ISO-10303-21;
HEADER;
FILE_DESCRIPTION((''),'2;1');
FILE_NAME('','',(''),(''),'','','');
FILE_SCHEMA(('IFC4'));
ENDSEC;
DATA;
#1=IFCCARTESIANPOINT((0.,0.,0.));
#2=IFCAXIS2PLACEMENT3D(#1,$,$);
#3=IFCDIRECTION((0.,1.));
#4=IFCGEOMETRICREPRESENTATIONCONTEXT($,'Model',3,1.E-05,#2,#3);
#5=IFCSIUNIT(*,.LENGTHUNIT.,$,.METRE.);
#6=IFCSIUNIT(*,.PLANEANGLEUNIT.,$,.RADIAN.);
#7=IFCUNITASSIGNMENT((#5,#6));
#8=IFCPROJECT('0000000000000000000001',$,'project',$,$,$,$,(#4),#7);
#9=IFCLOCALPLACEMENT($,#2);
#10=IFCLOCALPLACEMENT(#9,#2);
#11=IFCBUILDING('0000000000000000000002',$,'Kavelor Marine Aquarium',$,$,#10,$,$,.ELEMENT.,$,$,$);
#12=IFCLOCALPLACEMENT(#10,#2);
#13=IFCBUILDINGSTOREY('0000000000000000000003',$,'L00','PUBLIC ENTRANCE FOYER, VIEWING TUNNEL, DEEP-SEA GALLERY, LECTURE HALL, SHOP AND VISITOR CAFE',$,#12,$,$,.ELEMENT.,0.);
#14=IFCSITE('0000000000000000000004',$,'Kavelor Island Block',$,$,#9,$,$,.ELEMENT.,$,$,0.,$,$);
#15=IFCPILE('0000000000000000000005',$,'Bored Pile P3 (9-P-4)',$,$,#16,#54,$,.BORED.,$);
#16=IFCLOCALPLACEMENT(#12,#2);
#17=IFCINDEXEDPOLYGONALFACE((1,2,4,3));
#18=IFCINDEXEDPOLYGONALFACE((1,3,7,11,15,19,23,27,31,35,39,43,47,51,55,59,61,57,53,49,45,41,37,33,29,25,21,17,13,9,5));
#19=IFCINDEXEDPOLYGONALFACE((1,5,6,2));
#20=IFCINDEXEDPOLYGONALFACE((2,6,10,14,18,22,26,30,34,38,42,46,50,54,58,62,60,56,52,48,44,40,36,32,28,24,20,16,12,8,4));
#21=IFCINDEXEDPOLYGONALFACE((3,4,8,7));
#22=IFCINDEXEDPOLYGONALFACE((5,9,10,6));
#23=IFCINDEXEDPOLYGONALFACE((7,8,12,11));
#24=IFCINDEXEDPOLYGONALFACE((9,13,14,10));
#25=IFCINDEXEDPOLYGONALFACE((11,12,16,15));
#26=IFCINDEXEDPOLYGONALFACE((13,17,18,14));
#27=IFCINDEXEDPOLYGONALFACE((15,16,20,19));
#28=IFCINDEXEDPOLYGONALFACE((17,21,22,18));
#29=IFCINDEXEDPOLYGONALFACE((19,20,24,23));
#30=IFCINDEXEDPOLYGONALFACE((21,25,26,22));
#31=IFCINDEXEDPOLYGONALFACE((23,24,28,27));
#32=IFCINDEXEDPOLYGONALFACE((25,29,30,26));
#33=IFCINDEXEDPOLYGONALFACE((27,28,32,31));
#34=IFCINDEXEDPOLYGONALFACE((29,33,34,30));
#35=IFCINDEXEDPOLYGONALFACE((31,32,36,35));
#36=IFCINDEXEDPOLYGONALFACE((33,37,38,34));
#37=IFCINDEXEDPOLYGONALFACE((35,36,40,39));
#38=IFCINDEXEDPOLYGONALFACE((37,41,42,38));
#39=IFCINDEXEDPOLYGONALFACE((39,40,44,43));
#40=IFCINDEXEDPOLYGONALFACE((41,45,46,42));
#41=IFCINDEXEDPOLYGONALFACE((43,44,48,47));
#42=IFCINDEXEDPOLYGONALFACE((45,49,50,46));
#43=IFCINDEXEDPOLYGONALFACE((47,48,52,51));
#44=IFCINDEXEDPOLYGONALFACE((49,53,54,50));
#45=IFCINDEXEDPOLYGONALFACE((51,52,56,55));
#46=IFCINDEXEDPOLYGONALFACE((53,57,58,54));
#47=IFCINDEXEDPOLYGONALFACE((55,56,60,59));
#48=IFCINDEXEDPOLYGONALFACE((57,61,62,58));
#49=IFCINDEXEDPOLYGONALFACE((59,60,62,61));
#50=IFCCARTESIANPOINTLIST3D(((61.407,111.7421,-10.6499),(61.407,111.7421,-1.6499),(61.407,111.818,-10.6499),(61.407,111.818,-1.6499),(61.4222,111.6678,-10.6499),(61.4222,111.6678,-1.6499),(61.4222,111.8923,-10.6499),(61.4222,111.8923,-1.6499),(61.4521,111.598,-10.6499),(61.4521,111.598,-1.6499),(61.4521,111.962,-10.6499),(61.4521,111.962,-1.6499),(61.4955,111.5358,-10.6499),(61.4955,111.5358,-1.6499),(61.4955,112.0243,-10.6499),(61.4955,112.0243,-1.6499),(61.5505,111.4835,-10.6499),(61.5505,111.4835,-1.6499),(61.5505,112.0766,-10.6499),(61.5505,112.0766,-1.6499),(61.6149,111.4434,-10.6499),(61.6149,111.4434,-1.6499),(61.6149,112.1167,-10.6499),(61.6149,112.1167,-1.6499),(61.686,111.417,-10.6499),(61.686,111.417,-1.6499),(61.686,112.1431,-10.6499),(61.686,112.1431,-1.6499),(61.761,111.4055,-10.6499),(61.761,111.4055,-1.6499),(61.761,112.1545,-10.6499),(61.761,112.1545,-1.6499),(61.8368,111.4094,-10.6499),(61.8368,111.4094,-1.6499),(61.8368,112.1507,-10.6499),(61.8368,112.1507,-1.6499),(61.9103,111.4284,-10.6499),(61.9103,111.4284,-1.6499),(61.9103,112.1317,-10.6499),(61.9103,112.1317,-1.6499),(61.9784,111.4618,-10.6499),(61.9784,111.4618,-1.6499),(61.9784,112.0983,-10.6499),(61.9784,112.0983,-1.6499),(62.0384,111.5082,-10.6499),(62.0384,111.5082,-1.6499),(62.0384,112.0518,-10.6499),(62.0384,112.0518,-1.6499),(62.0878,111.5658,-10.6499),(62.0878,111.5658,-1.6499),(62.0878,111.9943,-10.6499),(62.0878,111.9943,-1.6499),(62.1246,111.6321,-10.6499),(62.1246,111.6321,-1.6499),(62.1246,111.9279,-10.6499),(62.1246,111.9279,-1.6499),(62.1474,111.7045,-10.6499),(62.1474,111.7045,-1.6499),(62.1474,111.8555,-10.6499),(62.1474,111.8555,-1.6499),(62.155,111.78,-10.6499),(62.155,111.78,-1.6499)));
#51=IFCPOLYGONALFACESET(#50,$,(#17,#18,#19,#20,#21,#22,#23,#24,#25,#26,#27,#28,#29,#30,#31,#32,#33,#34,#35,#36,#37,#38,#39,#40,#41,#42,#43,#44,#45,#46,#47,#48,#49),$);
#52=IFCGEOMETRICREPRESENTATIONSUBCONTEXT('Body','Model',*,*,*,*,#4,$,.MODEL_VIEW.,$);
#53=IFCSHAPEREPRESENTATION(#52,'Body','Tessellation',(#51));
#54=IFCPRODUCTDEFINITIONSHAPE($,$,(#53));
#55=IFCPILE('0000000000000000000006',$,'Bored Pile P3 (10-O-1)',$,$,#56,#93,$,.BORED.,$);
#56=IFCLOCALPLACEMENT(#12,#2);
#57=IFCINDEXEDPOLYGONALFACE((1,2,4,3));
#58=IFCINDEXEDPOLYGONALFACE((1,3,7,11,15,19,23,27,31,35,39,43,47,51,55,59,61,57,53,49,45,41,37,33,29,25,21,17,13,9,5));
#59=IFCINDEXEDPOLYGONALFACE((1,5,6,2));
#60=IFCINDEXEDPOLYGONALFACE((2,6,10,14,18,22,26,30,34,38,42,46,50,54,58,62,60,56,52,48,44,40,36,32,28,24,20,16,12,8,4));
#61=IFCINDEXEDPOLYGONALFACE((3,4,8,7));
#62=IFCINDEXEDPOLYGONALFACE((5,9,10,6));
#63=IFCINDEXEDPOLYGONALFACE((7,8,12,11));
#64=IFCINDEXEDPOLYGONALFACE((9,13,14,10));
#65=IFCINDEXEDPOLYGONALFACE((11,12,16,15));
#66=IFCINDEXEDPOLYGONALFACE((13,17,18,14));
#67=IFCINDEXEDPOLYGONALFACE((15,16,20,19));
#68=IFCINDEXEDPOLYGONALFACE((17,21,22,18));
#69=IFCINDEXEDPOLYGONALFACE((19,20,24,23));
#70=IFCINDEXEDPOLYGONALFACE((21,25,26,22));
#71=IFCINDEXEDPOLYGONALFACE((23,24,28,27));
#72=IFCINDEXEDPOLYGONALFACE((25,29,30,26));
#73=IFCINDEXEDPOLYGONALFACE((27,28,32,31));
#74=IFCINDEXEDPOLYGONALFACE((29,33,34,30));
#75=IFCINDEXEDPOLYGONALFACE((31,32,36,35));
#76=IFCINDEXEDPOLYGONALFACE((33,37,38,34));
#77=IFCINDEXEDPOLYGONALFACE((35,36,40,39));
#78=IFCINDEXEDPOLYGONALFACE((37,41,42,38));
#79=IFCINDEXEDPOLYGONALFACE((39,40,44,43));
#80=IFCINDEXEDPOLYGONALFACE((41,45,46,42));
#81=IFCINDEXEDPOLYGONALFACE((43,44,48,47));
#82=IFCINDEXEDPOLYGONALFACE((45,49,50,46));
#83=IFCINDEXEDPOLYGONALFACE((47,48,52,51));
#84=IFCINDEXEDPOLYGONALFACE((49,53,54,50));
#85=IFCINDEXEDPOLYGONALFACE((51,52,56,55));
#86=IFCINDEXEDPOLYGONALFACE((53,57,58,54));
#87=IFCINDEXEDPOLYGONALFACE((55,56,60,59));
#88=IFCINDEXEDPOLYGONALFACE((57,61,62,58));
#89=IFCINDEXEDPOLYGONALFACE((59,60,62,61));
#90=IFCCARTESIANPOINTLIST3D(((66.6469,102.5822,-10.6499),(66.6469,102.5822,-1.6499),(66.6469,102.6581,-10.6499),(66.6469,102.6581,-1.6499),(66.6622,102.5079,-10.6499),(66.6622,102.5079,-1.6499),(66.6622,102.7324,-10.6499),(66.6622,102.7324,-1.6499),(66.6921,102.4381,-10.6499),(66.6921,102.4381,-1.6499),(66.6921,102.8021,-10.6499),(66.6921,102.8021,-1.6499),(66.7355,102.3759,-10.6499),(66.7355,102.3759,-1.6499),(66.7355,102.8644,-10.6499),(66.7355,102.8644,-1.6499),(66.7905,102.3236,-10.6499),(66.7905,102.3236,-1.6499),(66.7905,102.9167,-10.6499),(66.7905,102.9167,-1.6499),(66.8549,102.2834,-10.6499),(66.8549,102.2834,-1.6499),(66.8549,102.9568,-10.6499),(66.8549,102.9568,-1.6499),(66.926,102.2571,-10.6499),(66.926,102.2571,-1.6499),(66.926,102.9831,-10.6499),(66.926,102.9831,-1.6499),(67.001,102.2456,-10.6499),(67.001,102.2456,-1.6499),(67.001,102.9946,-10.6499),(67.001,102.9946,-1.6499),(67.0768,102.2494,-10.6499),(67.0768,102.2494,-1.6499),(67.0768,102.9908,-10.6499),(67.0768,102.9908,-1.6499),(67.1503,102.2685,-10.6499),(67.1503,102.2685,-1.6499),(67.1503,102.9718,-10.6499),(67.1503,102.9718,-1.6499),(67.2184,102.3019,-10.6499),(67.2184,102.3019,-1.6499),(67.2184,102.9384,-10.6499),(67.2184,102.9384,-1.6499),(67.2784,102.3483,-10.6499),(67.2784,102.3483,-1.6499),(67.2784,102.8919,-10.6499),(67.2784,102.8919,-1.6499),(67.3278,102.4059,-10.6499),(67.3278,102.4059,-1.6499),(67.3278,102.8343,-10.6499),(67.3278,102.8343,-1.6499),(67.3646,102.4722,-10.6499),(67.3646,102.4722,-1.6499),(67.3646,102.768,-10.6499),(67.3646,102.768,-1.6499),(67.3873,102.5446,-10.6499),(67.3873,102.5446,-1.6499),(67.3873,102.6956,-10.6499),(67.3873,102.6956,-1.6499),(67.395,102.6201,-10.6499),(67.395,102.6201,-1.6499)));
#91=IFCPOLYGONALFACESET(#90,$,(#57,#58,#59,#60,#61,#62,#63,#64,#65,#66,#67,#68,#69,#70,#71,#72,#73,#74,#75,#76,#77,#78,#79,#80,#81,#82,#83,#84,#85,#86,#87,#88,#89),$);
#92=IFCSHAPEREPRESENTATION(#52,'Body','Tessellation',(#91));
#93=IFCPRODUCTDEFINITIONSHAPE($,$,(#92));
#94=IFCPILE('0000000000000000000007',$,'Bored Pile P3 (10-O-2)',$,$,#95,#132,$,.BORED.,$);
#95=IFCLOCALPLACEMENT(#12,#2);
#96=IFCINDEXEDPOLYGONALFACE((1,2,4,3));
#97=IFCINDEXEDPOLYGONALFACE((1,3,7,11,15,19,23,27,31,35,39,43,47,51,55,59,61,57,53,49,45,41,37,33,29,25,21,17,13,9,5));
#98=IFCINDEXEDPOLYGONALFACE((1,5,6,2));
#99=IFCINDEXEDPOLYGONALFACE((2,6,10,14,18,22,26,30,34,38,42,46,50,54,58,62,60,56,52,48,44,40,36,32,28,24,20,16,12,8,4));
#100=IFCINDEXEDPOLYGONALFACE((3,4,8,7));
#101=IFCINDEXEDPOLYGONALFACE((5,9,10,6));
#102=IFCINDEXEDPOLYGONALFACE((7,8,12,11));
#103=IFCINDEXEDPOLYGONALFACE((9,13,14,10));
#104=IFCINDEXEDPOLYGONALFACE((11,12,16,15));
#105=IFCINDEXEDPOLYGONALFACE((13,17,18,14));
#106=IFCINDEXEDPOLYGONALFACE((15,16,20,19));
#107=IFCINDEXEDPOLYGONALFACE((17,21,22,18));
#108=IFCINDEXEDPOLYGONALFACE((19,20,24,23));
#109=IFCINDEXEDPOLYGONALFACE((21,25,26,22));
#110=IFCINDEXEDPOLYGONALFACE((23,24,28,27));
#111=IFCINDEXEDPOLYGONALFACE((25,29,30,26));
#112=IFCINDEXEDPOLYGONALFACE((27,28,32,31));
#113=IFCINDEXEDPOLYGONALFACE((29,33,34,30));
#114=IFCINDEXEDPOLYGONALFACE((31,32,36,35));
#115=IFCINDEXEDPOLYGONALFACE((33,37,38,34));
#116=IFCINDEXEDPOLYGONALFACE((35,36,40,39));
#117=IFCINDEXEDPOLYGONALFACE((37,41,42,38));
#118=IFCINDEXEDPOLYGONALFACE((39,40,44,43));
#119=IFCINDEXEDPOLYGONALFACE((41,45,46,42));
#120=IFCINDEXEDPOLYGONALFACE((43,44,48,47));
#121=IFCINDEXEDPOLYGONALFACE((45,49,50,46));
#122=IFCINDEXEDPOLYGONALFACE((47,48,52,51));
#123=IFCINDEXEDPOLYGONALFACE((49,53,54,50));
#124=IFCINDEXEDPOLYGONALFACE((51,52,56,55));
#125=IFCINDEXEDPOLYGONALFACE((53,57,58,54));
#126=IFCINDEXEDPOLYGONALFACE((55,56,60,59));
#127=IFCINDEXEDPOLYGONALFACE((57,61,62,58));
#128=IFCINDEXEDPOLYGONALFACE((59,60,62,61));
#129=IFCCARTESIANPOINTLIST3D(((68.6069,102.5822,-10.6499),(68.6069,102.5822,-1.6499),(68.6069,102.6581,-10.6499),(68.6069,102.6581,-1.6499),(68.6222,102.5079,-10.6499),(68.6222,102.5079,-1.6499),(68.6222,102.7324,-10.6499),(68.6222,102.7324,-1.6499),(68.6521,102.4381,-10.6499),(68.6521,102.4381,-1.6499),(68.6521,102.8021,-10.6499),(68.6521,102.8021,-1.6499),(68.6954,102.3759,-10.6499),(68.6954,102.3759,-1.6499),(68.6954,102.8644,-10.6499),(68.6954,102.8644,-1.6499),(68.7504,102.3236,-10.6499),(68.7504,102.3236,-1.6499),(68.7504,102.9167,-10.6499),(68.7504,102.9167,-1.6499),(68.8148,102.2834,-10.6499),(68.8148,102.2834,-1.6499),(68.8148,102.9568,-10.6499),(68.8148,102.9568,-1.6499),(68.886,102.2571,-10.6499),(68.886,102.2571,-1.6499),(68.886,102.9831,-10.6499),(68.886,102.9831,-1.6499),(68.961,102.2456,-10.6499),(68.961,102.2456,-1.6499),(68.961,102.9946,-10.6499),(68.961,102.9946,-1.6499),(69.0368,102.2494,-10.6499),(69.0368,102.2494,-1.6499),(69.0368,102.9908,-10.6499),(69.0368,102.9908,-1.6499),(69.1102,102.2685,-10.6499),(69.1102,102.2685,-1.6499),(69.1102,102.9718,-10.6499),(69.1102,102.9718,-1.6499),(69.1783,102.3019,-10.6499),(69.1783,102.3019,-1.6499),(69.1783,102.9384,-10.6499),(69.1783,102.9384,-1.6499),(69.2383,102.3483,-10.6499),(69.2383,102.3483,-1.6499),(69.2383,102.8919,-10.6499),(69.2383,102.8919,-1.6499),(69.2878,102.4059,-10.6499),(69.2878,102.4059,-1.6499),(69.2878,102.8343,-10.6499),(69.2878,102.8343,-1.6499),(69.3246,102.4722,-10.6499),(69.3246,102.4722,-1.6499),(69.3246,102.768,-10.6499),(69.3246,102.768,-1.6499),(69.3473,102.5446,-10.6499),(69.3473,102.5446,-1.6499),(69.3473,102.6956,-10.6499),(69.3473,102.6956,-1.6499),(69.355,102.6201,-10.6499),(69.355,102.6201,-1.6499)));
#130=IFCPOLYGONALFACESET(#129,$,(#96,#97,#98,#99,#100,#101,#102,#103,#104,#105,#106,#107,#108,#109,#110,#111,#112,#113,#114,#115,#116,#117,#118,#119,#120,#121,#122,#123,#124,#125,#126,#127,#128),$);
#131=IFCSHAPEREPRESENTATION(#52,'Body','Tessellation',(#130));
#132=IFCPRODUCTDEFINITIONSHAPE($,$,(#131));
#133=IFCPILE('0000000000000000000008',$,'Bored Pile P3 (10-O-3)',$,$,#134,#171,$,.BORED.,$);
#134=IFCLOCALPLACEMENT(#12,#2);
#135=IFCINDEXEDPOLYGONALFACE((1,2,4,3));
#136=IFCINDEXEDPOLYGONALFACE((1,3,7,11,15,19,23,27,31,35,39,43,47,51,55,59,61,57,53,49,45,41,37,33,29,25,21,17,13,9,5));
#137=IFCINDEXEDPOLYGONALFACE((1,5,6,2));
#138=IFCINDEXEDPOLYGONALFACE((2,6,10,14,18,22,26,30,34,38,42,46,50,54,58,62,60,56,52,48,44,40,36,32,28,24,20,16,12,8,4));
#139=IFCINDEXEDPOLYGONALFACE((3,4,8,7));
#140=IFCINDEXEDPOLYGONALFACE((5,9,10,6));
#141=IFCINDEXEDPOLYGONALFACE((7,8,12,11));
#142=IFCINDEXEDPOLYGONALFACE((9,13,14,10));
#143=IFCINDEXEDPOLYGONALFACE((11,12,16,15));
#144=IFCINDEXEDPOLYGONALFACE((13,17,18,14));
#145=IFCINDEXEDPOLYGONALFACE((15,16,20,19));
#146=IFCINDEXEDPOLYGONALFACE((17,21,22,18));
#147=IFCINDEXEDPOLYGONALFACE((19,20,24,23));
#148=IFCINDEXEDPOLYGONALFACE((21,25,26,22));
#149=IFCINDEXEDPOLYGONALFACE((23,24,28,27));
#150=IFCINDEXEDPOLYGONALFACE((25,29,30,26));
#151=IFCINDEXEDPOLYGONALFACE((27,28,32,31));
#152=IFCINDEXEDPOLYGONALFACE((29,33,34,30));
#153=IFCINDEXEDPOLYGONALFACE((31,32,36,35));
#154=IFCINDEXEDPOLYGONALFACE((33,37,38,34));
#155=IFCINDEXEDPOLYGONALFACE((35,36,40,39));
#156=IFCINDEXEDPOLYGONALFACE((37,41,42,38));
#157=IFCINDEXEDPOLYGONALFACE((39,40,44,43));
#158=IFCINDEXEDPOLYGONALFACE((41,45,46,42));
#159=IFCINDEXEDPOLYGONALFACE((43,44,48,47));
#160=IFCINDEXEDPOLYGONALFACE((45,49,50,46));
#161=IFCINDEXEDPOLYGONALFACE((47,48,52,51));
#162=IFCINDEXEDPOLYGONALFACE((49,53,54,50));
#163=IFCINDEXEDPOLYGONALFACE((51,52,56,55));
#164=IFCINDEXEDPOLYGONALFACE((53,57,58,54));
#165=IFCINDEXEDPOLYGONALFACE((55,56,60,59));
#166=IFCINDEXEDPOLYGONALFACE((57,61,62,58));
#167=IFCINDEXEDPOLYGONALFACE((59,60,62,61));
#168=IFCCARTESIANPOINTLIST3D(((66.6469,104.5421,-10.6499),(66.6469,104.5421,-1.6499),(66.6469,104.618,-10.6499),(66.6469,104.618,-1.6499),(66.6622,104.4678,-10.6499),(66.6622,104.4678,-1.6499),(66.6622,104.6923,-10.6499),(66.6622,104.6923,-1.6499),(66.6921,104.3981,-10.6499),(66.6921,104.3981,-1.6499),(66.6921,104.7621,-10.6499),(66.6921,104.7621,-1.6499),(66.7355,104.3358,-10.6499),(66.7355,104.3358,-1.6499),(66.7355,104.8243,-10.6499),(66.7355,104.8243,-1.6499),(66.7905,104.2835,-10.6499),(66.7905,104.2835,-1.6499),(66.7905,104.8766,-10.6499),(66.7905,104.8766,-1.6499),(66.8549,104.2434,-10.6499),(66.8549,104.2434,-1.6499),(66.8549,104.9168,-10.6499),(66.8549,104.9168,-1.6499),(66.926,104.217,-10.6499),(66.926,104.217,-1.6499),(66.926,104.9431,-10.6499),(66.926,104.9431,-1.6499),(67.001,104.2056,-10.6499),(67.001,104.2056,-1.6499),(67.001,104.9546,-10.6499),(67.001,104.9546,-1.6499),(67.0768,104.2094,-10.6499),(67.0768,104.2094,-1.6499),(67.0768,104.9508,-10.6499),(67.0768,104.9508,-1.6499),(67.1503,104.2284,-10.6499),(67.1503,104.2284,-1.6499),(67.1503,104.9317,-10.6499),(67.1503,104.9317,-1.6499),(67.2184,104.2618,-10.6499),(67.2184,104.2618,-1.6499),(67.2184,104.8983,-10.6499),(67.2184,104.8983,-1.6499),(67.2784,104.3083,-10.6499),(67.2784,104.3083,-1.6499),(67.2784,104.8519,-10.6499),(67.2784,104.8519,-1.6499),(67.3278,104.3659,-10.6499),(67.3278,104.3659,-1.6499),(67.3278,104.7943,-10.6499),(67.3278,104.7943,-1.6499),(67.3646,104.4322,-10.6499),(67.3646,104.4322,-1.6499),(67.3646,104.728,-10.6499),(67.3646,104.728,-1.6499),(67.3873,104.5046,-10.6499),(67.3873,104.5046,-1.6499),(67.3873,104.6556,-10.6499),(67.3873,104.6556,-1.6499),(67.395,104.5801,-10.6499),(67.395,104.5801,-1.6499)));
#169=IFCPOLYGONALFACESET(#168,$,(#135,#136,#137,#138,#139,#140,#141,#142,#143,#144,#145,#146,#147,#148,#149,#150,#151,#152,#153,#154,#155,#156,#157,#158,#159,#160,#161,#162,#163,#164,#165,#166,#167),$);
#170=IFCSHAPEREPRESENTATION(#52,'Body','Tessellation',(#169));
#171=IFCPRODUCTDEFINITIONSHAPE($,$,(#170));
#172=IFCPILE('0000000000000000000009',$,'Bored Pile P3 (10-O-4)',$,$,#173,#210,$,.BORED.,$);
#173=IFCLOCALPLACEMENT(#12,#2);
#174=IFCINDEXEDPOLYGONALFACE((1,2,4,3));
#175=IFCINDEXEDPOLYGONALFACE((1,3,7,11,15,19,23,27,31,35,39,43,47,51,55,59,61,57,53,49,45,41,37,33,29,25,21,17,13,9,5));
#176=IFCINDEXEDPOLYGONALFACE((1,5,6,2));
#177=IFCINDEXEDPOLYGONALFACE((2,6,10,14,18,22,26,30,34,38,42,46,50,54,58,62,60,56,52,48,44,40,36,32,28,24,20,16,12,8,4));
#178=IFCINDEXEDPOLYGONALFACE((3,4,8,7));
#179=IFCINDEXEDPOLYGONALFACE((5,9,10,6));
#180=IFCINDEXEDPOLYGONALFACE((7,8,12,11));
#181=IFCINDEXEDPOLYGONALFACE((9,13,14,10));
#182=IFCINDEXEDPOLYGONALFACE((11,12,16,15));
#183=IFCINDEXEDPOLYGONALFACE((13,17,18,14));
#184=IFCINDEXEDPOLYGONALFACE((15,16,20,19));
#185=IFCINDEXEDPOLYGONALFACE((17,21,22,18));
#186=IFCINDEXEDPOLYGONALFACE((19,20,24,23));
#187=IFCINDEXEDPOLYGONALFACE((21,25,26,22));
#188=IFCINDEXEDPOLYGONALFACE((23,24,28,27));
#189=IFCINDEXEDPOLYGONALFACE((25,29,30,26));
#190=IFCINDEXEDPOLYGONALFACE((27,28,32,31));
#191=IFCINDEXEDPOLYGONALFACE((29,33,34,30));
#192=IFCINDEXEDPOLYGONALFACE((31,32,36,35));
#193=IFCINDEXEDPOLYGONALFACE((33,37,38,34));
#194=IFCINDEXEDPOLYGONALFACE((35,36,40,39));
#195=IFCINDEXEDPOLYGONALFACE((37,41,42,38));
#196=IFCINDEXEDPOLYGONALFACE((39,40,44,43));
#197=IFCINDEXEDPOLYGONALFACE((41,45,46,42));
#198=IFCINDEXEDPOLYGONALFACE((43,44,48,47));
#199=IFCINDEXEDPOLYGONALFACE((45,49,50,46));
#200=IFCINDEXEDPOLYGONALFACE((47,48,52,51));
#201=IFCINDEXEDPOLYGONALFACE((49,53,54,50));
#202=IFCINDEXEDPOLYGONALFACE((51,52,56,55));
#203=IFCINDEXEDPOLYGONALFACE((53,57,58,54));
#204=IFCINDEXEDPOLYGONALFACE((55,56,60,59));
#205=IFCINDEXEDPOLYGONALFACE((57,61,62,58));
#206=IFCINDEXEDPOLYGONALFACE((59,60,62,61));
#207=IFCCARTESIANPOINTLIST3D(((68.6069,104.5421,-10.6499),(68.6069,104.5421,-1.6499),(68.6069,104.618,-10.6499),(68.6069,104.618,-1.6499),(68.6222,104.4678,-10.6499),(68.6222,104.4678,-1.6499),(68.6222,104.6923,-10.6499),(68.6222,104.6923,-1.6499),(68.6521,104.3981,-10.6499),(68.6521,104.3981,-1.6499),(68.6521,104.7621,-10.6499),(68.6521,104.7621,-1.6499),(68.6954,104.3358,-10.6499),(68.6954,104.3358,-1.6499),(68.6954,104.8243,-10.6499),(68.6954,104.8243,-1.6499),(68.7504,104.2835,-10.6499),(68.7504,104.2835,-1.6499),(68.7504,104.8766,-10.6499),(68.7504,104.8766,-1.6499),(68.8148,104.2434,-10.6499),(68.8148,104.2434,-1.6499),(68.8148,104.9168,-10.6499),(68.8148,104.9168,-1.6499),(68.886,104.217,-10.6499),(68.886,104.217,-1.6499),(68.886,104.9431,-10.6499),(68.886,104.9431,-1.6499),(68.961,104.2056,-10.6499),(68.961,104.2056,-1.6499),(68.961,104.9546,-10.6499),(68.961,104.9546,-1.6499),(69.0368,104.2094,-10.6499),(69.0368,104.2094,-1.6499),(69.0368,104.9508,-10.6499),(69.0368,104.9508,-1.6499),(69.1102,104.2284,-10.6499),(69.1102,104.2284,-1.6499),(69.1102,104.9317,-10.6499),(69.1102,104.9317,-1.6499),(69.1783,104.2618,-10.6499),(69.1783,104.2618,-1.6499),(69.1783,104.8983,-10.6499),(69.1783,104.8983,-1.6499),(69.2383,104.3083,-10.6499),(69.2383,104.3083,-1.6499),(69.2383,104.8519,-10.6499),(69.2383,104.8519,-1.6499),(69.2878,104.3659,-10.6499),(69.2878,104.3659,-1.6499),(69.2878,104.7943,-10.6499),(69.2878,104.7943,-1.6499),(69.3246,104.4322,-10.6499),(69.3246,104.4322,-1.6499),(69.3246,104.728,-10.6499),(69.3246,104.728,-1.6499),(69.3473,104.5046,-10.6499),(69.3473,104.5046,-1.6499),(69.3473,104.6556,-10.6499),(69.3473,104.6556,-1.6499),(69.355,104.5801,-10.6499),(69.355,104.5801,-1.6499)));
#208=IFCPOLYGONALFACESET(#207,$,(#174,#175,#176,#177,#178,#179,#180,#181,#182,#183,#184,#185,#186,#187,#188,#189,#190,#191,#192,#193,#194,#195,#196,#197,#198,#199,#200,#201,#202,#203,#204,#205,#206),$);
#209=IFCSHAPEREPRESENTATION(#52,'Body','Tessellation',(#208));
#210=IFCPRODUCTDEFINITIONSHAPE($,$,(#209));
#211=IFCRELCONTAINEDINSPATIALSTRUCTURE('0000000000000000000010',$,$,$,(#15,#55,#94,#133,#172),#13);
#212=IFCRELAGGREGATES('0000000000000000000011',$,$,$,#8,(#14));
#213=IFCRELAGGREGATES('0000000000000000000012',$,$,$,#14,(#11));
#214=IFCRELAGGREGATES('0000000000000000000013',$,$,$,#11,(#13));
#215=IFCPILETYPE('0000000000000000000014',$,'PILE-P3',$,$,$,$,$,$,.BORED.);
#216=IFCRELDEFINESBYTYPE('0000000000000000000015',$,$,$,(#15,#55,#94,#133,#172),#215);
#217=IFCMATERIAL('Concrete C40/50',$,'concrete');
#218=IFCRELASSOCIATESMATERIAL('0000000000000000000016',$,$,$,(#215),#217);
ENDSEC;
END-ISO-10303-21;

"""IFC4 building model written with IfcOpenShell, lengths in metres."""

from ifc_helpers import new_model, si_unit, direction, frame, origin, origin_2d, place, context, subcontext, project, spatial, circle, extrude, material, material_profile, profile_set, type_object, element, save


model = new_model("IFC4")

# Units and contexts
model_context = context("Model", 3, precision=1e-05, world=origin(), true_north=direction((0.0, 1.0)))
body_context = subcontext(model_context, "Body", "Model", "MODEL_VIEW")
ifc_project = project(units=[si_unit("LENGTHUNIT", "METRE"), si_unit("PLANEANGLEUNIT", "RADIAN")], contexts=[model_context])

# Site, building, storey
site_placement = place(None, origin())
site = spatial("IfcSite", under=ifc_project, at=site_placement, Name="Kavelor Island Block", CompositionType="ELEMENT", RefElevation=0.0)
building_placement = place(site_placement, origin())
building = spatial("IfcBuilding", under=site, at=building_placement, Name="Kavelor Marine Aquarium", CompositionType="ELEMENT")
storey_placement = place(building_placement, origin())
storey = spatial("IfcBuildingStorey", under=building, at=storey_placement, Name="L00", Description="PUBLIC ENTRANCE FOYER, VIEWING TUNNEL, DEEP-SEA GALLERY, LECTURE HALL, SHOP AND VISITOR CAFE", CompositionType="ELEMENT", Elevation=0.0)

# Piles
ifc_material_1 = material(Name="Concrete C40/50", Category="concrete")
ifc_material_profile_1 = material_profile(ifc_material_1, circle(Radius=0.375, at=origin_2d()), Name="PILE D750")
ifc_profile_set_1 = profile_set([ifc_material_profile_1], Name="Concrete C40/50")
pile_type_1 = type_object("IfcPileType", Name="PILE-P3", PredefinedType="BORED", material=ifc_profile_set_1)
for number, where, z_axis, x_axis, name in (
    (1, (61.78, 111.78, -1.6499), (0.0, 0.0, -1.0), (1.0, 0.0, 0.0), "Bored Pile P3 (9-P-4)"),
    (2, (67.02, 102.6201, -1.6499), (0.0, 0.0, -1.0), (1.0, 0.0, 0.0), "Bored Pile P3 (10-O-1)"),
    (3, (68.98, 102.6201, -1.6499), (0.0, 0.0, -1.0), (1.0, 0.0, 0.0), "Bored Pile P3 (10-O-2)"),
    (4, (67.02, 104.5801, -1.6499), (0.0, 0.0, -1.0), (1.0, 0.0, 0.0), "Bored Pile P3 (10-O-3)"),
    (5, (68.98, 104.5801, -1.6499), (0.0, 0.0, -1.0), (1.0, 0.0, 0.0), "Bored Pile P3 (10-O-4)"),
):
    element("IfcPile", number, at=place(storey_placement, frame(where, z_axis=z_axis, x_axis=x_axis)), inside=storey, type_object=pile_type_1, Name=name, PredefinedType="BORED", context=body_context, shape_type="SweptSolid", body=[
        extrude(circle(Radius=0.375, at=origin_2d()), origin(), (0.0, 0.0, 1.0), 9.0),
    ])

save(model, "model.ifc")
